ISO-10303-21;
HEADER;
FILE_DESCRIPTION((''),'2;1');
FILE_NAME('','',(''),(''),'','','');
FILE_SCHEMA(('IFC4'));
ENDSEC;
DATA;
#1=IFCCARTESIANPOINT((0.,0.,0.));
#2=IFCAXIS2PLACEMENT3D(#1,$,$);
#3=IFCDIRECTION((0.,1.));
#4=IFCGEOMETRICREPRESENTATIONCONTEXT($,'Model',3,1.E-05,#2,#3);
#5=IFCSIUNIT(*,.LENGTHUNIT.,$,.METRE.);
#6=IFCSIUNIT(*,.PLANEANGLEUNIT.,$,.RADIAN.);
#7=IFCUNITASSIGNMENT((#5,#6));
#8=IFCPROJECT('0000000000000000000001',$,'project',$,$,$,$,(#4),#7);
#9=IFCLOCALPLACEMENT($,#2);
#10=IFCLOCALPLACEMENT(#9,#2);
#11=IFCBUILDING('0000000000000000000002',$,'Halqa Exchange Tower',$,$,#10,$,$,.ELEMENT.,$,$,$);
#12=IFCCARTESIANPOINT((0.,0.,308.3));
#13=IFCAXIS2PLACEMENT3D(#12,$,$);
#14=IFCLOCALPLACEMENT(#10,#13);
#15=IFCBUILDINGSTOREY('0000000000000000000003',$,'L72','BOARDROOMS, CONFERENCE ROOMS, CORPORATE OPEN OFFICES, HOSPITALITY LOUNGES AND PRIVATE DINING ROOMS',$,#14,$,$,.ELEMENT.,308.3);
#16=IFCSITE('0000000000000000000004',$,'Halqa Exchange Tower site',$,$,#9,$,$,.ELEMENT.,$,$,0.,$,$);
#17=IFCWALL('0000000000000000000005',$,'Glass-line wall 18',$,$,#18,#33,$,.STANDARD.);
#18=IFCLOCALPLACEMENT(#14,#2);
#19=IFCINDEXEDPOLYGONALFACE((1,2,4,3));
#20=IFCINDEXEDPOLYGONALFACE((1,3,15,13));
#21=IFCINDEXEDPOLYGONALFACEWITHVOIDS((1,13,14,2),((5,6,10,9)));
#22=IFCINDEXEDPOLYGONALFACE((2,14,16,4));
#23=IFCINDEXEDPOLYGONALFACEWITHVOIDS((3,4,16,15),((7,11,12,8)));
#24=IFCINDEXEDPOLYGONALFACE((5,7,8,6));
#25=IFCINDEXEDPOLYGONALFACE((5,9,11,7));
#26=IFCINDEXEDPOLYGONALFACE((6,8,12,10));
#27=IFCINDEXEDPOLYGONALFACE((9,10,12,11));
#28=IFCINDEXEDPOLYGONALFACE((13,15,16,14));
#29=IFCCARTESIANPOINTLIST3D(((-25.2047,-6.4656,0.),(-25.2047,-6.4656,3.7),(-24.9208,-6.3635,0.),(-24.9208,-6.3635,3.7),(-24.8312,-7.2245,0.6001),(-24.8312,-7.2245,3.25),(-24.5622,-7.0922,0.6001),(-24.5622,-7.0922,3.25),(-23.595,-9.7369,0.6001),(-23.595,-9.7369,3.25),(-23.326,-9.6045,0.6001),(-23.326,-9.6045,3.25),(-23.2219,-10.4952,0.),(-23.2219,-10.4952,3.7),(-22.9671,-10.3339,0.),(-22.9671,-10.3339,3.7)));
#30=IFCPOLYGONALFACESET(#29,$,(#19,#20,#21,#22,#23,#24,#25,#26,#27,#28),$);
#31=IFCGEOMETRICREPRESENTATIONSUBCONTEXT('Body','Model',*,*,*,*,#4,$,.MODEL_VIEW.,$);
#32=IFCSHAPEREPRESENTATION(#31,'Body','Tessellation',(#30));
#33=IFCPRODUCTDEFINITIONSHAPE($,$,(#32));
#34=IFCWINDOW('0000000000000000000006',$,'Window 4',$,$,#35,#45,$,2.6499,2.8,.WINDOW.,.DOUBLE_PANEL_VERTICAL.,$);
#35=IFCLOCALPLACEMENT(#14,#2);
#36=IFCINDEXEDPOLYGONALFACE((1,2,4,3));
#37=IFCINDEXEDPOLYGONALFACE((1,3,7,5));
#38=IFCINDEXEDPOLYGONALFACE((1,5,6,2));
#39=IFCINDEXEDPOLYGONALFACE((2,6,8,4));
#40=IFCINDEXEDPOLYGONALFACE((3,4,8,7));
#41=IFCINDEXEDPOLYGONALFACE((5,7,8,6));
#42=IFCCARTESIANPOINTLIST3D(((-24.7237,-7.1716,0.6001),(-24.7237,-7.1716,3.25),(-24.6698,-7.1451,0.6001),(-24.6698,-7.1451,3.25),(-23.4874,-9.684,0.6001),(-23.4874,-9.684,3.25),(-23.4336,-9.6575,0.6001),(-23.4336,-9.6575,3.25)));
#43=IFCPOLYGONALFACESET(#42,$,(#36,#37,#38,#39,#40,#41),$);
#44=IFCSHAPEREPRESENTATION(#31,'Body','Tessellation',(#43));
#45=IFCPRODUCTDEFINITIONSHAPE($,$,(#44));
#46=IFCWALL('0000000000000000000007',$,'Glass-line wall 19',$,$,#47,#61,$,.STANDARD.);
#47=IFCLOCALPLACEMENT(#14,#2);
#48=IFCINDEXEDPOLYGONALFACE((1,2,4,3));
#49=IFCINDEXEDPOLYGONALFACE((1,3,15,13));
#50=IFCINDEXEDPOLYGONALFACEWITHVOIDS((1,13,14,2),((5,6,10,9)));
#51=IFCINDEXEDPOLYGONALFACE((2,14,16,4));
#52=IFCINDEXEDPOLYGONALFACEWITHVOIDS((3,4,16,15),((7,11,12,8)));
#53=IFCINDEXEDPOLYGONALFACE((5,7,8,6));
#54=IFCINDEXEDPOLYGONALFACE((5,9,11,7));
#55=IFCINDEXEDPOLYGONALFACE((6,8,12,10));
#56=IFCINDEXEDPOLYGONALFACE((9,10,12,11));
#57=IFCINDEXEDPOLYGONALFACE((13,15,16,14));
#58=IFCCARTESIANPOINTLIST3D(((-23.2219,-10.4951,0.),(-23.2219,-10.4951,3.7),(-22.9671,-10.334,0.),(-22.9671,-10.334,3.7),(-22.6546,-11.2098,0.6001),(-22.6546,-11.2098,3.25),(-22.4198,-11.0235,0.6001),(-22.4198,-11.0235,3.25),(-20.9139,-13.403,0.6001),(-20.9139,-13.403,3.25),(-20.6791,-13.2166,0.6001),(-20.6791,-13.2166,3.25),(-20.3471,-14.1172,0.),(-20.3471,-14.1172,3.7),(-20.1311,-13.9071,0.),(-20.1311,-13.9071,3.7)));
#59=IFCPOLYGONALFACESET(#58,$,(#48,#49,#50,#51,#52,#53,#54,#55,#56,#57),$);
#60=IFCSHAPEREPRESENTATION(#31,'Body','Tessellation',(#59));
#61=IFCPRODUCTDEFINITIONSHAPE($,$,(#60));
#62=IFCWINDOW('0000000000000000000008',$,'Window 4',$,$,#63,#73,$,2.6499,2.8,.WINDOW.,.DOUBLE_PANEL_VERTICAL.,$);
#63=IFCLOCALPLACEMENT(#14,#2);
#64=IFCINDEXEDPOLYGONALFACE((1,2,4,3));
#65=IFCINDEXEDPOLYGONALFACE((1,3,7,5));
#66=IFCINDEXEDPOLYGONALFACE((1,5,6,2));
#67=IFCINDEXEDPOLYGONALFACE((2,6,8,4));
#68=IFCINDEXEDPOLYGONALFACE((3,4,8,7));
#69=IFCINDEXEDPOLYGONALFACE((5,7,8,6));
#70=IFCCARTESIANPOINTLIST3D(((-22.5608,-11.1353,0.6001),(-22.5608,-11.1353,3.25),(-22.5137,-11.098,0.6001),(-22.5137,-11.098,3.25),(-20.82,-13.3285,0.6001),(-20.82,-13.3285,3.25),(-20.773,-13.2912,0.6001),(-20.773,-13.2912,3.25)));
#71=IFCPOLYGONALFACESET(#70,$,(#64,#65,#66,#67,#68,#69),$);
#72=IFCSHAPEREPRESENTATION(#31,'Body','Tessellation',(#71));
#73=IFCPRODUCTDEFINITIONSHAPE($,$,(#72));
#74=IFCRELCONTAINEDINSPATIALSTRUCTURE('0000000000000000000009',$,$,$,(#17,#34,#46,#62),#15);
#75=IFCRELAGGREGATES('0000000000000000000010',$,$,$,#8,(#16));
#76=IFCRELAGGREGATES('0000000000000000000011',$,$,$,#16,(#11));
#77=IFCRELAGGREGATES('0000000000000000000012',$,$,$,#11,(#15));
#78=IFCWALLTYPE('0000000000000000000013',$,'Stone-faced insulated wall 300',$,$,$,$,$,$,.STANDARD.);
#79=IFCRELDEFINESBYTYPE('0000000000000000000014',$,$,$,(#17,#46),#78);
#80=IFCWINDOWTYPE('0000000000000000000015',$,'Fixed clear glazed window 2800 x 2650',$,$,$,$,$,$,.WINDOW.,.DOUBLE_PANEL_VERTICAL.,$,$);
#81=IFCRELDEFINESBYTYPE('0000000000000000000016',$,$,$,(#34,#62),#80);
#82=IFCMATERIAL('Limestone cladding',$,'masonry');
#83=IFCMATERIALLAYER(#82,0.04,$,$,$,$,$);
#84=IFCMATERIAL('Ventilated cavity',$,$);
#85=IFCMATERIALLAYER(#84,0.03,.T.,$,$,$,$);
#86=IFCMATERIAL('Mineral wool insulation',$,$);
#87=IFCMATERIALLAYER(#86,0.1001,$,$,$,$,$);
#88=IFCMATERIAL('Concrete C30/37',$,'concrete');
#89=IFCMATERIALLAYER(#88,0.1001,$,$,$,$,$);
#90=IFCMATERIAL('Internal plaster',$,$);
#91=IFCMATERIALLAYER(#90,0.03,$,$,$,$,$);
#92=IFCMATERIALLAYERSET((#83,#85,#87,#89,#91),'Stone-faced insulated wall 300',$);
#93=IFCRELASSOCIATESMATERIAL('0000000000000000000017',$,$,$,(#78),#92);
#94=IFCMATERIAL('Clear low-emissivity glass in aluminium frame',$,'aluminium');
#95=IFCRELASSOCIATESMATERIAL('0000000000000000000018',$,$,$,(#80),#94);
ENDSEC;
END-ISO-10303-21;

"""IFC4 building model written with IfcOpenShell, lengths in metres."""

from ifc_helpers import new_model, si_unit, direction, frame, frame_2d, origin, place, context, subcontext, project, spatial, polyline, rectangle, outline, extrude, material, layer, layer_set, type_object, element, fill, save


model = new_model("IFC4")

# Units and contexts
model_context = context("Model", 3, precision=1e-05, world=origin(), true_north=direction((0.0, 1.0)))
body_context = subcontext(model_context, "Body", "Model", "MODEL_VIEW")
ifc_project = project(units=[si_unit("LENGTHUNIT", "METRE"), si_unit("PLANEANGLEUNIT", "RADIAN")], contexts=[model_context])

# Site, building, storey
site_placement = place(None, origin())
site = spatial("IfcSite", under=ifc_project, at=site_placement, Name="Halqa Exchange Tower site", CompositionType="ELEMENT", RefElevation=0.0)
building_placement = place(site_placement, origin())
building = spatial("IfcBuilding", under=site, at=building_placement, Name="Halqa Exchange Tower", CompositionType="ELEMENT")
storey_placement = place(building_placement, frame((0.0, 0.0, 308.3)))
storey = spatial("IfcBuildingStorey", under=building, at=storey_placement, Name="L72", Description="BOARDROOMS, CONFERENCE ROOMS, CORPORATE OPEN OFFICES, HOSPITALITY LOUNGES AND PRIVATE DINING ROOMS", CompositionType="ELEMENT", Elevation=308.3)

# Walls, openings, windows
ifc_material_1 = material(Name="Limestone cladding", Category="masonry")
ifc_layer_1 = layer(ifc_material_1, 0.04)
ifc_material_2 = material(Name="Ventilated cavity")
ifc_layer_2 = layer(ifc_material_2, 0.03, ventilated=True)
ifc_material_3 = material(Name="Mineral wool insulation")
ifc_layer_3 = layer(ifc_material_3, 0.1001)
ifc_material_4 = material(Name="Concrete C30/37", Category="concrete")
ifc_layer_4 = layer(ifc_material_4, 0.1001)
ifc_material_5 = material(Name="Internal plaster")
ifc_layer_5 = layer(ifc_material_5, 0.03)
ifc_layer_set_1 = layer_set([ifc_layer_1, ifc_layer_2, ifc_layer_3, ifc_layer_4, ifc_layer_5], Name="Stone-faced insulated wall 300")
wall_type_1 = type_object("IfcWallType", Name="Stone-faced insulated wall 300", PredefinedType="STANDARD", material=ifc_layer_set_1)
ifc_material_6 = material(Name="Clear low-emissivity glass in aluminium frame", Category="aluminium")
window_type = type_object("IfcWindowType", Name="Fixed clear glazed window 2800 x 2650", PartitioningType="DOUBLE_PANEL_VERTICAL", PredefinedType="WINDOW", material=ifc_material_6)
wall_1_placement = place(storey_placement, frame((-25.0627, -6.4146, 0.0), z_axis=(0.0, 0.0, 1.0), x_axis=(0.441509, -0.897257, 0.0)))
wall_1 = element("IfcWall", 1, at=wall_1_placement, inside=storey, type_object=wall_type_1, Name="Glass-line wall 18", PredefinedType="STANDARD", context=body_context, shape_type="SweptSolid", body=[
    extrude(outline(polyline([(-0.0168, -0.1499), (4.4741, -0.1499), (4.4419, 0.1499), (0.0168, 0.1499), (-0.0168, -0.1499)])), origin(), (0.0, 0.0, 1.0), 3.7),
])
opening_1_placement = place(wall_1_placement, frame((0.8291, 0.0, 0.6001)))
opening_1 = element("IfcOpeningElement", 2, at=opening_1_placement, cuts=wall_1, PredefinedType="OPENING", context=body_context, shape_type="SweptSolid", body=[
    extrude(rectangle(XDim=2.8, YDim=2.6499, at=frame_2d((1.3999, 1.325))), frame((0.0, 0.1621, 0.0), z_axis=(0.0, -1.0, 0.0), x_axis=(1.0, 0.0, 0.0)), (0.0, 0.0, 1.0), 0.324),
])
window_1_placement = place(opening_1_placement, origin())
window_1 = element("IfcWindow", 3, at=window_1_placement, inside=storey, type_object=window_type, Name="Window 4", OverallHeight=2.6499, OverallWidth=2.8, PartitioningType="DOUBLE_PANEL_VERTICAL", PredefinedType="WINDOW", context=body_context, shape_type="SweptSolid", body=[
    extrude(rectangle(XDim=2.8, YDim=2.6499, at=frame_2d((1.3999, 1.325))), frame((0.0, 0.03, 0.0), z_axis=(0.0, -1.0, 0.0), x_axis=(1.0, 0.0, 0.0)), (0.0, 0.0, 1.0), 0.0601),
])
fill(opening_1, window_1)
wall_2_placement = place(storey_placement, frame((-23.0945, -10.4146, 0.0), z_axis=(0.0, 0.0, 1.0), x_axis=(0.621683, -0.783269, 0.0)))
wall_2 = element("IfcWall", 4, at=wall_2_placement, inside=storey, type_object=wall_type_1, Name="Glass-line wall 19", PredefinedType="STANDARD", context=body_context, shape_type="SweptSolid", body=[
    extrude(outline(polyline([(-0.0161, -0.1499), (4.6082, -0.1499), (4.5779, 0.1499), (0.0161, 0.1499), (-0.0161, -0.1499)])), origin(), (0.0, 0.0, 1.0), 3.7),
])
opening_2_placement = place(wall_2_placement, frame((0.8965, 0.0, 0.6001)))
opening_2 = element("IfcOpeningElement", 5, at=opening_2_placement, cuts=wall_2, PredefinedType="OPENING", context=body_context, shape_type="SweptSolid", body=[
    extrude(rectangle(XDim=2.8, YDim=2.6499, at=frame_2d((1.3999, 1.325))), frame((0.0, 0.1621, 0.0), z_axis=(0.0, -1.0, 0.0), x_axis=(1.0, 0.0, 0.0)), (0.0, 0.0, 1.0), 0.324),
])
window_2_placement = place(opening_2_placement, origin())
window_2 = element("IfcWindow", 6, at=window_2_placement, inside=storey, type_object=window_type, Name="Window 4", OverallHeight=2.6499, OverallWidth=2.8, PartitioningType="DOUBLE_PANEL_VERTICAL", PredefinedType="WINDOW", context=body_context, shape_type="SweptSolid", body=[
    extrude(rectangle(XDim=2.8, YDim=2.6499, at=frame_2d((1.3999, 1.325))), frame((0.0, 0.03, 0.0), z_axis=(0.0, -1.0, 0.0), x_axis=(1.0, 0.0, 0.0)), (0.0, 0.0, 1.0), 0.0601),
])
fill(opening_2, window_2)

save(model, "model.ifc")
